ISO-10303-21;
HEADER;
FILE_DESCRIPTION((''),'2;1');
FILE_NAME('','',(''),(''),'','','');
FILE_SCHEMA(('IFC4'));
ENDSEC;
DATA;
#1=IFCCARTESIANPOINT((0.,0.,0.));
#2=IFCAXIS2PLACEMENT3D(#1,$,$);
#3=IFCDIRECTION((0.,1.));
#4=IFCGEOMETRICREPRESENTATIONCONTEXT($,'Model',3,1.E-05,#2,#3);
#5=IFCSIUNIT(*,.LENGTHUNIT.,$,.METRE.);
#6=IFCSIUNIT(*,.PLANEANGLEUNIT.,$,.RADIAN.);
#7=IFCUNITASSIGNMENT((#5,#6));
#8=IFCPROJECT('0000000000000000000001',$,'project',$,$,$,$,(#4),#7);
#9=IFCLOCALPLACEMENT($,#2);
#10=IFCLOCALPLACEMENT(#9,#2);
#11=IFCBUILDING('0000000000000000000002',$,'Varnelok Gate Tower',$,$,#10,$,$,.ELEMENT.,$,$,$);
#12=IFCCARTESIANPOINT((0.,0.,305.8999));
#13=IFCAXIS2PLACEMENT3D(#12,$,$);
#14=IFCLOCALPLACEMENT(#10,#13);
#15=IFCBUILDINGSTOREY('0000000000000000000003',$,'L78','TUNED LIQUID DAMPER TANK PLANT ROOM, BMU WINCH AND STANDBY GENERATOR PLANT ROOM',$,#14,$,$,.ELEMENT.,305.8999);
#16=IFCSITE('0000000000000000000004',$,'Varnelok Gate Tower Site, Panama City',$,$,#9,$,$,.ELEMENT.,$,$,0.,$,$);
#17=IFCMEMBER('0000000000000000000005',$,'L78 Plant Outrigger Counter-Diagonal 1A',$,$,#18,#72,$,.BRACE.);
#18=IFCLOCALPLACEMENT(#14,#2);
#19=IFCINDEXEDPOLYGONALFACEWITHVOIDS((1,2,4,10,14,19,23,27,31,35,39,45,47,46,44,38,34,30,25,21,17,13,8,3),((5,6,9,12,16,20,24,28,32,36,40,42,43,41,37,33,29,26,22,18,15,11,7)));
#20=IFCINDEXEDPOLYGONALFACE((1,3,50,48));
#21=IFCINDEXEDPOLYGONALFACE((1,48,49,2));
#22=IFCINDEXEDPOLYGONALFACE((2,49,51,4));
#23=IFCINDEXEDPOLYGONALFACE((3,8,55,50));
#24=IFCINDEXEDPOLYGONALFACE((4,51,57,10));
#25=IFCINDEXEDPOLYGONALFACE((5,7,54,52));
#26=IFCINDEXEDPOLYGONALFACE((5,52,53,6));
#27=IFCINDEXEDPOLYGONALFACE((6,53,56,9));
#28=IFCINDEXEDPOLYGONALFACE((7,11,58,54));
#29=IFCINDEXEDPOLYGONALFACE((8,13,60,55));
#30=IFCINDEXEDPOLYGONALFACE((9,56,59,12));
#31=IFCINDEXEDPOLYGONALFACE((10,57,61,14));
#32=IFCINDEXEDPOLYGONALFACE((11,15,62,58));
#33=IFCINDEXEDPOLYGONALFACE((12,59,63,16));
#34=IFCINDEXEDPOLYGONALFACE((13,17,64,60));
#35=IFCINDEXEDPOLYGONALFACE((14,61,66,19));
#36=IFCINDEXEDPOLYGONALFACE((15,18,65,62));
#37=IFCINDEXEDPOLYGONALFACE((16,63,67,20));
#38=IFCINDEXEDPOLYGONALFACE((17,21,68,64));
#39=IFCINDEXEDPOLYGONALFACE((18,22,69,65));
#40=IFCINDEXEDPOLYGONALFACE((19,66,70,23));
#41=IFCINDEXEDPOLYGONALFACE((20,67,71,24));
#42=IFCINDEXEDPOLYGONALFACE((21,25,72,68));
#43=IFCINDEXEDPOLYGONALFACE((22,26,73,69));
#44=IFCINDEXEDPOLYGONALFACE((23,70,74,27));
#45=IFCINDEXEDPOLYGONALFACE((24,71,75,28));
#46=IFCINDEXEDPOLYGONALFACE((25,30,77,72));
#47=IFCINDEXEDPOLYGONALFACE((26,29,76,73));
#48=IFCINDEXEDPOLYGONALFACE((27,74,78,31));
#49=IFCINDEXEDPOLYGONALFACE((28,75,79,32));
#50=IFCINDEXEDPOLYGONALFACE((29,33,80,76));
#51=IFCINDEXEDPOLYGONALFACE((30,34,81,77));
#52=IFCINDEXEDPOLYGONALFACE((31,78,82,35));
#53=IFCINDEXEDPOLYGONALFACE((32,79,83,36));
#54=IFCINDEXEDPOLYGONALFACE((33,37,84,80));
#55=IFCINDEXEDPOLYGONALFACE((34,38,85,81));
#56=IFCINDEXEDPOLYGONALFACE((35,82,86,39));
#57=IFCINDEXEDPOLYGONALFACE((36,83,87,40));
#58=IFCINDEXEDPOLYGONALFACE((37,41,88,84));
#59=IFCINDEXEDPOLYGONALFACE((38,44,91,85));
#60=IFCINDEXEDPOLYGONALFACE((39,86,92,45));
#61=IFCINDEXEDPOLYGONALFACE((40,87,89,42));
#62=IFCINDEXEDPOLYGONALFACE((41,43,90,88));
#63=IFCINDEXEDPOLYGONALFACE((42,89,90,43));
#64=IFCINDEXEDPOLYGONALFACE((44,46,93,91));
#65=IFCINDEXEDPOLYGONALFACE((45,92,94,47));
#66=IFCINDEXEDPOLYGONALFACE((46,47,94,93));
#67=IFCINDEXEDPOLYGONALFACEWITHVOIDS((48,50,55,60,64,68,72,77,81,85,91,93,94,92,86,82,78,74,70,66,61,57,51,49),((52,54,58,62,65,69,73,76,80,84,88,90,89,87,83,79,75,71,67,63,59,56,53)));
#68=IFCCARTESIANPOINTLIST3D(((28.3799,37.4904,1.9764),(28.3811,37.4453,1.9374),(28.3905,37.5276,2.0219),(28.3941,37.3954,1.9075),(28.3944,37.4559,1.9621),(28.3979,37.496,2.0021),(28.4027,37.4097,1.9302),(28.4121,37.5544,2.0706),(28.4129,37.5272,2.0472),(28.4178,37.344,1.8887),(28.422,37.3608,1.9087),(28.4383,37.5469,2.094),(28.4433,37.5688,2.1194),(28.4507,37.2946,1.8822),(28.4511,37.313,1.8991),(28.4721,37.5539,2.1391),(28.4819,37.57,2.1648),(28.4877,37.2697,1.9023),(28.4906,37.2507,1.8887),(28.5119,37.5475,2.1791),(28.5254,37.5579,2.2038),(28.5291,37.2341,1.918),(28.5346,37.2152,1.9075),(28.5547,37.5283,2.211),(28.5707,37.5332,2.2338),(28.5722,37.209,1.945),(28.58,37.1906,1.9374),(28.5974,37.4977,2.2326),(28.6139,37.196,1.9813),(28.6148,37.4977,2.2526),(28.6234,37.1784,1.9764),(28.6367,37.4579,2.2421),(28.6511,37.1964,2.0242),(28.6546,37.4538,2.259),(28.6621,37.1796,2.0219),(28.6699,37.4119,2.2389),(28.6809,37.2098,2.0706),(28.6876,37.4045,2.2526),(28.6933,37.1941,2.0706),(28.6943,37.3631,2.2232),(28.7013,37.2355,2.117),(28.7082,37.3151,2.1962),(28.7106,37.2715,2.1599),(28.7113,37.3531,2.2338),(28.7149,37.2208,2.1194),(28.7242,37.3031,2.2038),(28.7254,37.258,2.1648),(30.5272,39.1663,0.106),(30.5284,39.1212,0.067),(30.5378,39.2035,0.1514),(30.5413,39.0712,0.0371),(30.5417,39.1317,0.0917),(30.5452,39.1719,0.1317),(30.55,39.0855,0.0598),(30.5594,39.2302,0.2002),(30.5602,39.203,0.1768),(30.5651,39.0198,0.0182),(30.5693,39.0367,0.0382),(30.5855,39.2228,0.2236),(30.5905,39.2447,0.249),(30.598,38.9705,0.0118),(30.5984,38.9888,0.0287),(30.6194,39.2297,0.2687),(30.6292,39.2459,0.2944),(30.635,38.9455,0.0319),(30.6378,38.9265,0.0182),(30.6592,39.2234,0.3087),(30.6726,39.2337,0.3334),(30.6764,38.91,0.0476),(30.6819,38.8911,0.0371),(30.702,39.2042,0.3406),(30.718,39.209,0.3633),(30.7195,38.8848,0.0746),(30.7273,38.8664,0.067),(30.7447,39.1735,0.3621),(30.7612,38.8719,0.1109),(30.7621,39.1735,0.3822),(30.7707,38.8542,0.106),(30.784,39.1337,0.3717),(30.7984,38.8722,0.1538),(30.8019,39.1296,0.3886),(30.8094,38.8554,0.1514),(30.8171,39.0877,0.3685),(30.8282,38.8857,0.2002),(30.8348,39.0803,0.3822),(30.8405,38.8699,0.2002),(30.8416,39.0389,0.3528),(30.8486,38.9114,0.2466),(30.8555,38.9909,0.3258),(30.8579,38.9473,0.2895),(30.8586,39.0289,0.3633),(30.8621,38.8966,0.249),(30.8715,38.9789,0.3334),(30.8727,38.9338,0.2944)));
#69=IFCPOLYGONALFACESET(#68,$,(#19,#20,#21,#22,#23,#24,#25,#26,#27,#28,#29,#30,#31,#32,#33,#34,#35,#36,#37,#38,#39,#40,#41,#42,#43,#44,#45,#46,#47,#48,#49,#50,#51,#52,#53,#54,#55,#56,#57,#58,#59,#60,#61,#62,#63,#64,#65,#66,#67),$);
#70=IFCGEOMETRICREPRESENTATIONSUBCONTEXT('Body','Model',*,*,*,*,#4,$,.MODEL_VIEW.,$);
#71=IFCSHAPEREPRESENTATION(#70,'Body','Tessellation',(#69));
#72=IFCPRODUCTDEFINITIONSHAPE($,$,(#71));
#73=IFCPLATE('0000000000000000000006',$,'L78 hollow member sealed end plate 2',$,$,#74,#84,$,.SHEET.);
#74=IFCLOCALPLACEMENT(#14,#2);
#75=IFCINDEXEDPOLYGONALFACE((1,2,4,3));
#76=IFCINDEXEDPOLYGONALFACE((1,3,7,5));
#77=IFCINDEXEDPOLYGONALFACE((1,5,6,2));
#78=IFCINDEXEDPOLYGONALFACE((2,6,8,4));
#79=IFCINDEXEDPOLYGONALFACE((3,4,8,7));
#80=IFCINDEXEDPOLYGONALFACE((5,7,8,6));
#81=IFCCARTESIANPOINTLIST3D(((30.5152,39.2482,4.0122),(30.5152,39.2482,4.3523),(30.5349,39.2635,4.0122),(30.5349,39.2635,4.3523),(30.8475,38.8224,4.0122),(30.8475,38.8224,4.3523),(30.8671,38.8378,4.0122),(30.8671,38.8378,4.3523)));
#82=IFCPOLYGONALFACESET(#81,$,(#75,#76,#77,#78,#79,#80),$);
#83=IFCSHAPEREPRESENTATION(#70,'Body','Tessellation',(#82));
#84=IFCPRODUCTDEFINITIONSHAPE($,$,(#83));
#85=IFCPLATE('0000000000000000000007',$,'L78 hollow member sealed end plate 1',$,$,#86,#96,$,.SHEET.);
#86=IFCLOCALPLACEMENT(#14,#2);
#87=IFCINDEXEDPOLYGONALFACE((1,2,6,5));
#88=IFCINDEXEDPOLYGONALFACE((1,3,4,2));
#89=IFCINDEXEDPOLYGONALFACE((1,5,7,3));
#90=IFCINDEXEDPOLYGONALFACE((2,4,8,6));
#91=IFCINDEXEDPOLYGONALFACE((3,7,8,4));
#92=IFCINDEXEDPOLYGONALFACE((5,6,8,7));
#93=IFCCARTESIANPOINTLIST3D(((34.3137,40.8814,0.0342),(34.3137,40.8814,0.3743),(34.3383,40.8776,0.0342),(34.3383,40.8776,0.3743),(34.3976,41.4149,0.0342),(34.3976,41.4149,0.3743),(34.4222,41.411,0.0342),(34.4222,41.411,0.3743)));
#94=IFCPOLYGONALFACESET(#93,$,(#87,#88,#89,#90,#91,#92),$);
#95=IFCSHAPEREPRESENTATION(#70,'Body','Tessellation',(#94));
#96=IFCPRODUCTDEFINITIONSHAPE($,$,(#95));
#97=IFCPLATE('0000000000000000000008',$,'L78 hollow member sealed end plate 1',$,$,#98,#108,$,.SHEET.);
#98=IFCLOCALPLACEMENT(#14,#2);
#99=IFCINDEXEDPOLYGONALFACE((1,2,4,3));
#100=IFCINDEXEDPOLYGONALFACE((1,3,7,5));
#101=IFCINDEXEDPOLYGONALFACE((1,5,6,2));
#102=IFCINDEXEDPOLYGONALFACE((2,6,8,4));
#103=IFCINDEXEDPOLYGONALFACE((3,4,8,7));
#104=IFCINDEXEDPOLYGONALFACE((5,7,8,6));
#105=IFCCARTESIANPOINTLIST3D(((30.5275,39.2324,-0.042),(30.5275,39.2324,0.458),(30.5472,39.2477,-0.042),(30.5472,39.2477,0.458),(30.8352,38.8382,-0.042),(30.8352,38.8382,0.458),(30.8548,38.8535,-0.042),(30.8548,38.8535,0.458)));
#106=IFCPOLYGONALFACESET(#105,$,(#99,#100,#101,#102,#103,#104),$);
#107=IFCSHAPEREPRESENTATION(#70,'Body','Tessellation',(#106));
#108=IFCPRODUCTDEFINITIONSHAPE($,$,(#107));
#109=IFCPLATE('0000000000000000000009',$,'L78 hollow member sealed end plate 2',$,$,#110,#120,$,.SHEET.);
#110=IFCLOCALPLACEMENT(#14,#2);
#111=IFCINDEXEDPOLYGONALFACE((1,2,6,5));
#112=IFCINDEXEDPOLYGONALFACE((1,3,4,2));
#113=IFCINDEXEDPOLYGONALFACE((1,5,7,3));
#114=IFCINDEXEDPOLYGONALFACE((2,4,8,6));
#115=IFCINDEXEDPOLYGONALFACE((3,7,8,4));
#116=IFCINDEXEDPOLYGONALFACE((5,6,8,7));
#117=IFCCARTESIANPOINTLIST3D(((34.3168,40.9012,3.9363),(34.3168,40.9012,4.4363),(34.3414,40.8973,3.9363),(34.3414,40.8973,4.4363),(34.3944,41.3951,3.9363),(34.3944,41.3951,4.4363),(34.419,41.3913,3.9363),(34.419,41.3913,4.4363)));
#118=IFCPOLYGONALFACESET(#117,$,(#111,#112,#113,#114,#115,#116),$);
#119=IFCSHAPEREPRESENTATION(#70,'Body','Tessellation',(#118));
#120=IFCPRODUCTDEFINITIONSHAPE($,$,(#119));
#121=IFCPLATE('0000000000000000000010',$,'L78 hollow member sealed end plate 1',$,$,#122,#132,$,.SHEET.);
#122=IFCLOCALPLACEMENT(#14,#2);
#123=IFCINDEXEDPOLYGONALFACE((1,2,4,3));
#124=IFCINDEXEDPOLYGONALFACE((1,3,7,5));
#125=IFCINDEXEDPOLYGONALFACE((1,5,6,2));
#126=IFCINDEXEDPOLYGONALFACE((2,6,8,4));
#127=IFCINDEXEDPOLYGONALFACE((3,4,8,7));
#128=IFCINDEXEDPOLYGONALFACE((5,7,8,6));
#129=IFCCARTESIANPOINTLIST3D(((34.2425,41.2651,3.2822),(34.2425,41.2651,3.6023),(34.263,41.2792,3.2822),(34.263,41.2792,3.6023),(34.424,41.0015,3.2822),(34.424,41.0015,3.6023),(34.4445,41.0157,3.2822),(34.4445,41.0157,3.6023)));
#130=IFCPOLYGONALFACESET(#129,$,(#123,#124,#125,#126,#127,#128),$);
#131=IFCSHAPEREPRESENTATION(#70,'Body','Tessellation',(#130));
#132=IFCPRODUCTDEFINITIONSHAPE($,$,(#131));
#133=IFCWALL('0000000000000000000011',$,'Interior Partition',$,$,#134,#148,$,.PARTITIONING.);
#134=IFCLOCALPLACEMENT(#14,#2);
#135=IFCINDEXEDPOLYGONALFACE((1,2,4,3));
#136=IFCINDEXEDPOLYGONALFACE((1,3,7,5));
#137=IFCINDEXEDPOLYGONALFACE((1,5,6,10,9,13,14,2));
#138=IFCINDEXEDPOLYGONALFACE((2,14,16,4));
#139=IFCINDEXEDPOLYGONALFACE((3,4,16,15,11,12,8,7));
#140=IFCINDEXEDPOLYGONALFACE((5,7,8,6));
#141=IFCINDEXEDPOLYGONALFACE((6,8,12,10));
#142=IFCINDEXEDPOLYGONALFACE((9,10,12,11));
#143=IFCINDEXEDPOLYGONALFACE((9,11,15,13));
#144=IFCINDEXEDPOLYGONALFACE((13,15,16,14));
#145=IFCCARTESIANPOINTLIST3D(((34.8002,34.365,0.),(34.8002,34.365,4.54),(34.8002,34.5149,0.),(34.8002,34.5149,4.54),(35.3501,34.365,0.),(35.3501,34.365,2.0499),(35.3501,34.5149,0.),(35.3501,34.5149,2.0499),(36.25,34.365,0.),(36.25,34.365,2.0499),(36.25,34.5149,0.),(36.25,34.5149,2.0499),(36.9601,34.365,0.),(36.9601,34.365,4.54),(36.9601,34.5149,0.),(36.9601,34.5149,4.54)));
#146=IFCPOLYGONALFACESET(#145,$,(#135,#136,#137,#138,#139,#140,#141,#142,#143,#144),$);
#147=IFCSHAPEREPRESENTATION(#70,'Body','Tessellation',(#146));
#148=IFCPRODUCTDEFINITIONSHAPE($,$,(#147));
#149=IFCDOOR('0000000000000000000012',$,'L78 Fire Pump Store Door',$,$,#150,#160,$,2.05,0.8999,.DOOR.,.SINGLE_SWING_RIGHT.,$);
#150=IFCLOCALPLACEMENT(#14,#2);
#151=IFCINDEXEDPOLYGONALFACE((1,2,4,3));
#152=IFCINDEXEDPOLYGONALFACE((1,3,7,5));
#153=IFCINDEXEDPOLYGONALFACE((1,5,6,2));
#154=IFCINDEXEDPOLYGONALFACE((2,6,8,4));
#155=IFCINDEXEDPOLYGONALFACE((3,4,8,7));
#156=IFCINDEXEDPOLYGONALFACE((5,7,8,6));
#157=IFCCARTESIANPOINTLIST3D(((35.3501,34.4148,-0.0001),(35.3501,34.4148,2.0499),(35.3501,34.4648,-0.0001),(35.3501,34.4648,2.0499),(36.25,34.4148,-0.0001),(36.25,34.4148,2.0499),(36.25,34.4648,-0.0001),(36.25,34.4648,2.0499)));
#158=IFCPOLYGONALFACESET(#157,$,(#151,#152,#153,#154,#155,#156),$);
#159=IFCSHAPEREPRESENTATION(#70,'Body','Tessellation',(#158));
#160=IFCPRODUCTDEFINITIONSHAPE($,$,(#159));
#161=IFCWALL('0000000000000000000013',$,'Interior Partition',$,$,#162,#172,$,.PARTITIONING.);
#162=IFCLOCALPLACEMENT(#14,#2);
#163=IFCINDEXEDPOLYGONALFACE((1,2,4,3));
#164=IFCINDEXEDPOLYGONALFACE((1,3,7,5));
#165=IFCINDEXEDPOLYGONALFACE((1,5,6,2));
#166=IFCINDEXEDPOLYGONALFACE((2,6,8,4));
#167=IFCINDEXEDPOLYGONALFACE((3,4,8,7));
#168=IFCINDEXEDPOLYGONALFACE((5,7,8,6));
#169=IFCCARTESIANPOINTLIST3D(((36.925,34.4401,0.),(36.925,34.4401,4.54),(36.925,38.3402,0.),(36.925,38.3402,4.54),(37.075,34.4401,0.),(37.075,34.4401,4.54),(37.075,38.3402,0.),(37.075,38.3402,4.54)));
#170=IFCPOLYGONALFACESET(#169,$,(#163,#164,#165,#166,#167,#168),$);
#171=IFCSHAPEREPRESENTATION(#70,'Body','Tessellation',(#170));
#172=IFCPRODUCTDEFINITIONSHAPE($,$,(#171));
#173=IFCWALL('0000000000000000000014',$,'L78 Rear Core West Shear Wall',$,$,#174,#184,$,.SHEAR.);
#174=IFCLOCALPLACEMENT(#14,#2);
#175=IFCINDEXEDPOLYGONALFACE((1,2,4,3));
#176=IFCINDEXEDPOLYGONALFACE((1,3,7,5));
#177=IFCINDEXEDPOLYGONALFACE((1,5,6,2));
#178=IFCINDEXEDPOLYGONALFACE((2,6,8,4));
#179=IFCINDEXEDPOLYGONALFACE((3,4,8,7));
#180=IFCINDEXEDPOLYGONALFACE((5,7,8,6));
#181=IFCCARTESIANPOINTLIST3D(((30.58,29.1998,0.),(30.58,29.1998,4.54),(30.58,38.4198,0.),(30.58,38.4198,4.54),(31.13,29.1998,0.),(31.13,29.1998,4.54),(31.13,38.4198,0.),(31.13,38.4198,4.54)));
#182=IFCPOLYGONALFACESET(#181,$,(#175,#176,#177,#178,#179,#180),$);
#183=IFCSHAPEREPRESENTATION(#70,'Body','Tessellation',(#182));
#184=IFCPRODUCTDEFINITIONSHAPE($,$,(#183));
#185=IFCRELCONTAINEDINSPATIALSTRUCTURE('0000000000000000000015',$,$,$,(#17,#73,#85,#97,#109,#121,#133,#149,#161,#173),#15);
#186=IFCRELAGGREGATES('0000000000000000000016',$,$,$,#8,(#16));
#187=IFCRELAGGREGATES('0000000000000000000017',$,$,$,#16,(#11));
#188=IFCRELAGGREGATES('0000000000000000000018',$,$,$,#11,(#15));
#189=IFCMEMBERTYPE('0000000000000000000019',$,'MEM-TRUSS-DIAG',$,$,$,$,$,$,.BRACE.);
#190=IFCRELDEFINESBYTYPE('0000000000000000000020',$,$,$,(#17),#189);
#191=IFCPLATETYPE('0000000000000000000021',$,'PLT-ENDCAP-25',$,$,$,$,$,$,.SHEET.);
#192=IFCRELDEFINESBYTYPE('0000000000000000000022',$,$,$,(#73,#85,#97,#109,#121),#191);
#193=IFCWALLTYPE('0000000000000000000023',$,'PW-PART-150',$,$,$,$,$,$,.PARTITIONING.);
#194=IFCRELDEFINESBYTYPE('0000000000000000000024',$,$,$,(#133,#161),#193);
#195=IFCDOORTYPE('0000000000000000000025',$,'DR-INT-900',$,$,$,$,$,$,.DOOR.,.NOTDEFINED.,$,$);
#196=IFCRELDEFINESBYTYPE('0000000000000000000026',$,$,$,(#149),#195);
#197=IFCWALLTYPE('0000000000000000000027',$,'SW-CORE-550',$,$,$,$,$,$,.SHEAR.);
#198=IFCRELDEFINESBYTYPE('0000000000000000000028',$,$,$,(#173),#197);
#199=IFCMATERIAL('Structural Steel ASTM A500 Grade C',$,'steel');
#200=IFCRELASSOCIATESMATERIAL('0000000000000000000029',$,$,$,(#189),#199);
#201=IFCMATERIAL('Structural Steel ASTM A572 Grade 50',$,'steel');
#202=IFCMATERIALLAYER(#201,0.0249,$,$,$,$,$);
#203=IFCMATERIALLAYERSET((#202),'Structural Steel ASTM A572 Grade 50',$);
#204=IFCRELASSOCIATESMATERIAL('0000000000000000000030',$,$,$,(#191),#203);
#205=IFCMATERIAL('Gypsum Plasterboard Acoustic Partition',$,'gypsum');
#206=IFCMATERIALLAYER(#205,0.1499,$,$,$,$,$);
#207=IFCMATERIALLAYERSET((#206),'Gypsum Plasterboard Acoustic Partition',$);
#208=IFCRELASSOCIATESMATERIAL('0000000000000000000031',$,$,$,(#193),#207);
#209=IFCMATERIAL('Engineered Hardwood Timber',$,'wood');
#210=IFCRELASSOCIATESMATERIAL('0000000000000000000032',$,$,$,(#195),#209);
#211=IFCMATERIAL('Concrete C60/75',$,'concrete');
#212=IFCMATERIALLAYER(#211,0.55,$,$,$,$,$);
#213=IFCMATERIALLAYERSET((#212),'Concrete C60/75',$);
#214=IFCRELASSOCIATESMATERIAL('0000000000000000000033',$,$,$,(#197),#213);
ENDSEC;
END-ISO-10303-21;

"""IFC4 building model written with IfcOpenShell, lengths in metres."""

from ifc_helpers import new_model, si_unit, direction, frame, frame_2d, origin, origin_2d, place, context, subcontext, project, spatial, rectangle, hollow_circle, extrude, source, transform, mapped, material, layer, layer_set, material_profile, profile_set, type_object, element, fill, save


model = new_model("IFC4")

# Units and contexts
model_context = context("Model", 3, precision=1e-05, world=origin(), true_north=direction((0.0, 1.0)))
body_context = subcontext(model_context, "Body", "Model", "MODEL_VIEW")
ifc_project = project(units=[si_unit("LENGTHUNIT", "METRE"), si_unit("PLANEANGLEUNIT", "RADIAN")], contexts=[model_context])

# Site, building, storey
site_placement = place(None, origin())
site = spatial("IfcSite", under=ifc_project, at=site_placement, Name="Varnelok Gate Tower Site, Panama City", CompositionType="ELEMENT", RefElevation=0.0)
building_placement = place(site_placement, origin())
building = spatial("IfcBuilding", under=site, at=building_placement, Name="Varnelok Gate Tower", CompositionType="ELEMENT")
storey_placement = place(building_placement, frame((0.0, 0.0, 305.8999)))
storey = spatial("IfcBuildingStorey", under=building, at=storey_placement, Name="L78", Description="TUNED LIQUID DAMPER TANK PLANT ROOM, BMU WINCH AND STANDBY GENERATOR PLANT ROOM", CompositionType="ELEMENT", Elevation=305.8999)

# Shared definitions
ifc_material_1 = material(Name="Concrete C60/75", Category="concrete")

# Member
ifc_material_2 = material(Name="Structural Steel ASTM A500 Grade C", Category="steel")
ifc_material_profile_1 = material_profile(ifc_material_2, hollow_circle(Radius=0.2285, WallThickness=0.02, at=origin_2d()), Name="CHS457X20")
ifc_profile_set_1 = profile_set([ifc_material_profile_1], Name="Structural Steel ASTM A500 Grade C")
member_type_1 = type_object("IfcMemberType", Name="MEM-TRUSS-DIAG", PredefinedType="BRACE", material=ifc_profile_set_1)
member_1_placement = place(storey_placement, frame((30.7, 39.05, 0.2002), z_axis=(-0.649866, -0.507183, 0.566074), x_axis=(0.615249, -0.788333, 0.0)))
element("IfcMember", 1, at=member_1_placement, inside=storey, type_object=member_type_1, Name="L78 Plant Outrigger Counter-Diagonal 1A", PredefinedType="BRACE", context=body_context, shape_type="SweptSolid", body=[
    extrude(hollow_circle(Radius=0.2285, WallThickness=0.02, at=origin_2d()), origin(), (0.0, 0.0, 1.0), 3.3042),
])

# Plates
ifc_material_3 = material(Name="Structural Steel ASTM A572 Grade 50", Category="steel")
ifc_layer_1 = layer(ifc_material_3, 0.0249)
ifc_layer_set_1 = layer_set([ifc_layer_1], Name="Structural Steel ASTM A572 Grade 50")
plate_type = type_object("IfcPlateType", Name="PLT-ENDCAP-25", PredefinedType="SHEET", material=ifc_layer_set_1)
shared_shape_1 = source(origin(), body_context, "Body", "SweptSolid", [
    extrude(rectangle(XDim=0.0249, YDim=0.54, at=origin_2d()), origin(), (0.0, 0.0, 1.0), 0.3401),
])
for number, where, z_axis, x_axis, name in (
    (2, (30.6912, 39.043, 4.0122), (0.0, 0.0, 1.0), (0.788354, 0.615221, 0.0), "L78 hollow member sealed end plate 2"),
    (3, (34.3679, 41.1462, 0.0342), (0.0, 0.0, 1.0), (0.987865, -0.155314, 0.0), "L78 hollow member sealed end plate 1"),
):
    element("IfcPlate", number, at=place(storey_placement, frame(where, z_axis=z_axis, x_axis=x_axis)), inside=storey, type_object=plate_type, Name=name, PredefinedType="SHEET", context=body_context, shape_type="MappedRepresentation", body=[
        mapped(shared_shape_1, transform((0.0, 0.0, 0.0), scale=1.0)),
    ])
shared_shape_2 = source(origin(), body_context, "Body", "SweptSolid", [
    extrude(rectangle(XDim=0.0249, YDim=0.5, at=origin_2d()), origin(), (0.0, 0.0, 1.0), 0.5),
])
for number, where, z_axis, x_axis, name in (
    (4, (30.6912, 39.043, -0.042), (0.0, 0.0, 1.0), (-0.788354, -0.615221, 0.0), "L78 hollow member sealed end plate 1"),
    (5, (34.3679, 41.1462, 3.9363), (0.0, 0.0, 1.0), (-0.987865, 0.155314, 0.0), "L78 hollow member sealed end plate 2"),
):
    element("IfcPlate", number, at=place(storey_placement, frame(where, z_axis=z_axis, x_axis=x_axis)), inside=storey, type_object=plate_type, Name=name, PredefinedType="SHEET", context=body_context, shape_type="MappedRepresentation", body=[
        mapped(shared_shape_2, transform((0.0, 0.0, 0.0), scale=1.0)),
    ])
shared_shape_3 = source(origin(), body_context, "Body", "SweptSolid", [
    extrude(rectangle(XDim=0.0249, YDim=0.3201, at=origin_2d()), origin(), (0.0, 0.0, 1.0), 0.3201),
])
plate_placement = place(storey_placement, frame((34.3435, 41.1404, 3.2822), z_axis=(0.0, 0.0, 1.0), x_axis=(-0.823523, -0.567283, 0.0)))
element("IfcPlate", 6, at=plate_placement, inside=storey, type_object=plate_type, Name="L78 hollow member sealed end plate 1", PredefinedType="SHEET", context=body_context, shape_type="MappedRepresentation", body=[
    mapped(shared_shape_3, transform((0.0, 0.0, 0.0), scale=1.0)),
])

# Wall, opening, door
ifc_material_4 = material(Name="Gypsum Plasterboard Acoustic Partition", Category="gypsum")
ifc_layer_2 = layer(ifc_material_4, 0.1499)
ifc_layer_set_2 = layer_set([ifc_layer_2], Name="Gypsum Plasterboard Acoustic Partition")
wall_type_1 = type_object("IfcWallType", Name="PW-PART-150", PredefinedType="PARTITIONING", material=ifc_layer_set_2)
wall_1_placement = place(storey_placement, frame((34.8, 34.4399, 0.0), z_axis=(0.0, 0.0, 1.0), x_axis=(1.0, 0.0, 0.0)))
wall_1 = element("IfcWall", 7, at=wall_1_placement, inside=storey, type_object=wall_type_1, Name="Interior Partition", PredefinedType="PARTITIONING", context=body_context, shape_type="SweptSolid", body=[
    extrude(rectangle(XDim=2.1599, YDim=0.1499, at=frame_2d((1.0801, 0.0))), origin(), (0.0, 0.0, 1.0), 4.54),
])
opening_1_placement = place(wall_1_placement, frame((0.55, 0.0, 0.0)))
opening_1 = element("IfcOpeningElement", 8, at=opening_1_placement, cuts=wall_1, PredefinedType="OPENING", context=body_context, shape_type="SweptSolid", body=[
    extrude(rectangle(XDim=0.8999, YDim=2.05, at=frame_2d((0.45, 1.0249))), frame((0.0, 0.085, 0.0), z_axis=(0.0, -1.0, 0.0), x_axis=(1.0, 0.0, 0.0)), (0.0, 0.0, 1.0), 0.1699),
])
ifc_material_5 = material(Name="Engineered Hardwood Timber", Category="wood")
door_type_1 = type_object("IfcDoorType", Name="DR-INT-900", OperationType="NOTDEFINED", PredefinedType="DOOR", material=ifc_material_5)
door_1_placement = place(opening_1_placement, origin())
door_1 = element("IfcDoor", 9, at=door_1_placement, inside=storey, type_object=door_type_1, Name="L78 Fire Pump Store Door", OperationType="SINGLE_SWING_RIGHT", OverallHeight=2.05, OverallWidth=0.8999, PredefinedType="DOOR", context=body_context, shape_type="SweptSolid", body=[
    extrude(rectangle(XDim=0.8999, YDim=2.05, at=frame_2d((0.45, 1.0249))), frame((0.0, 0.0249, 0.0), z_axis=(0.0, -1.0, 0.0), x_axis=(1.0, 0.0, 0.0)), (0.0, 0.0, 1.0), 0.05),
])
fill(opening_1, door_1)

# Walls
wall_2_placement = place(storey_placement, frame((37.0, 34.4399, 0.0), z_axis=(0.0, 0.0, 1.0), x_axis=(0.0, 1.0, 0.0)))
element("IfcWall", 10, at=wall_2_placement, inside=storey, type_object=wall_type_1, Name="Interior Partition", PredefinedType="PARTITIONING", context=body_context, shape_type="SweptSolid", body=[
    extrude(rectangle(XDim=3.9001, YDim=0.1499, at=frame_2d((1.9502, 0.0))), origin(), (0.0, 0.0, 1.0), 4.54),
])
ifc_layer_3 = layer(ifc_material_1, 0.55)
ifc_layer_set_3 = layer_set([ifc_layer_3], Name="Concrete C60/75")
wall_type_2 = type_object("IfcWallType", Name="SW-CORE-550", PredefinedType="SHEAR", material=ifc_layer_set_3)
wall_3_placement = place(storey_placement, frame((30.855, 29.2, 0.0), z_axis=(0.0, 0.0, 1.0), x_axis=(0.0, 1.0, 0.0)))
element("IfcWall", 11, at=wall_3_placement, inside=storey, type_object=wall_type_2, Name="L78 Rear Core West Shear Wall", PredefinedType="SHEAR", context=body_context, shape_type="SweptSolid", body=[
    extrude(rectangle(XDim=9.22, YDim=0.55, at=frame_2d((4.6099, 0.0))), origin(), (0.0, 0.0, 1.0), 4.54),
])

save(model, "model.ifc")
